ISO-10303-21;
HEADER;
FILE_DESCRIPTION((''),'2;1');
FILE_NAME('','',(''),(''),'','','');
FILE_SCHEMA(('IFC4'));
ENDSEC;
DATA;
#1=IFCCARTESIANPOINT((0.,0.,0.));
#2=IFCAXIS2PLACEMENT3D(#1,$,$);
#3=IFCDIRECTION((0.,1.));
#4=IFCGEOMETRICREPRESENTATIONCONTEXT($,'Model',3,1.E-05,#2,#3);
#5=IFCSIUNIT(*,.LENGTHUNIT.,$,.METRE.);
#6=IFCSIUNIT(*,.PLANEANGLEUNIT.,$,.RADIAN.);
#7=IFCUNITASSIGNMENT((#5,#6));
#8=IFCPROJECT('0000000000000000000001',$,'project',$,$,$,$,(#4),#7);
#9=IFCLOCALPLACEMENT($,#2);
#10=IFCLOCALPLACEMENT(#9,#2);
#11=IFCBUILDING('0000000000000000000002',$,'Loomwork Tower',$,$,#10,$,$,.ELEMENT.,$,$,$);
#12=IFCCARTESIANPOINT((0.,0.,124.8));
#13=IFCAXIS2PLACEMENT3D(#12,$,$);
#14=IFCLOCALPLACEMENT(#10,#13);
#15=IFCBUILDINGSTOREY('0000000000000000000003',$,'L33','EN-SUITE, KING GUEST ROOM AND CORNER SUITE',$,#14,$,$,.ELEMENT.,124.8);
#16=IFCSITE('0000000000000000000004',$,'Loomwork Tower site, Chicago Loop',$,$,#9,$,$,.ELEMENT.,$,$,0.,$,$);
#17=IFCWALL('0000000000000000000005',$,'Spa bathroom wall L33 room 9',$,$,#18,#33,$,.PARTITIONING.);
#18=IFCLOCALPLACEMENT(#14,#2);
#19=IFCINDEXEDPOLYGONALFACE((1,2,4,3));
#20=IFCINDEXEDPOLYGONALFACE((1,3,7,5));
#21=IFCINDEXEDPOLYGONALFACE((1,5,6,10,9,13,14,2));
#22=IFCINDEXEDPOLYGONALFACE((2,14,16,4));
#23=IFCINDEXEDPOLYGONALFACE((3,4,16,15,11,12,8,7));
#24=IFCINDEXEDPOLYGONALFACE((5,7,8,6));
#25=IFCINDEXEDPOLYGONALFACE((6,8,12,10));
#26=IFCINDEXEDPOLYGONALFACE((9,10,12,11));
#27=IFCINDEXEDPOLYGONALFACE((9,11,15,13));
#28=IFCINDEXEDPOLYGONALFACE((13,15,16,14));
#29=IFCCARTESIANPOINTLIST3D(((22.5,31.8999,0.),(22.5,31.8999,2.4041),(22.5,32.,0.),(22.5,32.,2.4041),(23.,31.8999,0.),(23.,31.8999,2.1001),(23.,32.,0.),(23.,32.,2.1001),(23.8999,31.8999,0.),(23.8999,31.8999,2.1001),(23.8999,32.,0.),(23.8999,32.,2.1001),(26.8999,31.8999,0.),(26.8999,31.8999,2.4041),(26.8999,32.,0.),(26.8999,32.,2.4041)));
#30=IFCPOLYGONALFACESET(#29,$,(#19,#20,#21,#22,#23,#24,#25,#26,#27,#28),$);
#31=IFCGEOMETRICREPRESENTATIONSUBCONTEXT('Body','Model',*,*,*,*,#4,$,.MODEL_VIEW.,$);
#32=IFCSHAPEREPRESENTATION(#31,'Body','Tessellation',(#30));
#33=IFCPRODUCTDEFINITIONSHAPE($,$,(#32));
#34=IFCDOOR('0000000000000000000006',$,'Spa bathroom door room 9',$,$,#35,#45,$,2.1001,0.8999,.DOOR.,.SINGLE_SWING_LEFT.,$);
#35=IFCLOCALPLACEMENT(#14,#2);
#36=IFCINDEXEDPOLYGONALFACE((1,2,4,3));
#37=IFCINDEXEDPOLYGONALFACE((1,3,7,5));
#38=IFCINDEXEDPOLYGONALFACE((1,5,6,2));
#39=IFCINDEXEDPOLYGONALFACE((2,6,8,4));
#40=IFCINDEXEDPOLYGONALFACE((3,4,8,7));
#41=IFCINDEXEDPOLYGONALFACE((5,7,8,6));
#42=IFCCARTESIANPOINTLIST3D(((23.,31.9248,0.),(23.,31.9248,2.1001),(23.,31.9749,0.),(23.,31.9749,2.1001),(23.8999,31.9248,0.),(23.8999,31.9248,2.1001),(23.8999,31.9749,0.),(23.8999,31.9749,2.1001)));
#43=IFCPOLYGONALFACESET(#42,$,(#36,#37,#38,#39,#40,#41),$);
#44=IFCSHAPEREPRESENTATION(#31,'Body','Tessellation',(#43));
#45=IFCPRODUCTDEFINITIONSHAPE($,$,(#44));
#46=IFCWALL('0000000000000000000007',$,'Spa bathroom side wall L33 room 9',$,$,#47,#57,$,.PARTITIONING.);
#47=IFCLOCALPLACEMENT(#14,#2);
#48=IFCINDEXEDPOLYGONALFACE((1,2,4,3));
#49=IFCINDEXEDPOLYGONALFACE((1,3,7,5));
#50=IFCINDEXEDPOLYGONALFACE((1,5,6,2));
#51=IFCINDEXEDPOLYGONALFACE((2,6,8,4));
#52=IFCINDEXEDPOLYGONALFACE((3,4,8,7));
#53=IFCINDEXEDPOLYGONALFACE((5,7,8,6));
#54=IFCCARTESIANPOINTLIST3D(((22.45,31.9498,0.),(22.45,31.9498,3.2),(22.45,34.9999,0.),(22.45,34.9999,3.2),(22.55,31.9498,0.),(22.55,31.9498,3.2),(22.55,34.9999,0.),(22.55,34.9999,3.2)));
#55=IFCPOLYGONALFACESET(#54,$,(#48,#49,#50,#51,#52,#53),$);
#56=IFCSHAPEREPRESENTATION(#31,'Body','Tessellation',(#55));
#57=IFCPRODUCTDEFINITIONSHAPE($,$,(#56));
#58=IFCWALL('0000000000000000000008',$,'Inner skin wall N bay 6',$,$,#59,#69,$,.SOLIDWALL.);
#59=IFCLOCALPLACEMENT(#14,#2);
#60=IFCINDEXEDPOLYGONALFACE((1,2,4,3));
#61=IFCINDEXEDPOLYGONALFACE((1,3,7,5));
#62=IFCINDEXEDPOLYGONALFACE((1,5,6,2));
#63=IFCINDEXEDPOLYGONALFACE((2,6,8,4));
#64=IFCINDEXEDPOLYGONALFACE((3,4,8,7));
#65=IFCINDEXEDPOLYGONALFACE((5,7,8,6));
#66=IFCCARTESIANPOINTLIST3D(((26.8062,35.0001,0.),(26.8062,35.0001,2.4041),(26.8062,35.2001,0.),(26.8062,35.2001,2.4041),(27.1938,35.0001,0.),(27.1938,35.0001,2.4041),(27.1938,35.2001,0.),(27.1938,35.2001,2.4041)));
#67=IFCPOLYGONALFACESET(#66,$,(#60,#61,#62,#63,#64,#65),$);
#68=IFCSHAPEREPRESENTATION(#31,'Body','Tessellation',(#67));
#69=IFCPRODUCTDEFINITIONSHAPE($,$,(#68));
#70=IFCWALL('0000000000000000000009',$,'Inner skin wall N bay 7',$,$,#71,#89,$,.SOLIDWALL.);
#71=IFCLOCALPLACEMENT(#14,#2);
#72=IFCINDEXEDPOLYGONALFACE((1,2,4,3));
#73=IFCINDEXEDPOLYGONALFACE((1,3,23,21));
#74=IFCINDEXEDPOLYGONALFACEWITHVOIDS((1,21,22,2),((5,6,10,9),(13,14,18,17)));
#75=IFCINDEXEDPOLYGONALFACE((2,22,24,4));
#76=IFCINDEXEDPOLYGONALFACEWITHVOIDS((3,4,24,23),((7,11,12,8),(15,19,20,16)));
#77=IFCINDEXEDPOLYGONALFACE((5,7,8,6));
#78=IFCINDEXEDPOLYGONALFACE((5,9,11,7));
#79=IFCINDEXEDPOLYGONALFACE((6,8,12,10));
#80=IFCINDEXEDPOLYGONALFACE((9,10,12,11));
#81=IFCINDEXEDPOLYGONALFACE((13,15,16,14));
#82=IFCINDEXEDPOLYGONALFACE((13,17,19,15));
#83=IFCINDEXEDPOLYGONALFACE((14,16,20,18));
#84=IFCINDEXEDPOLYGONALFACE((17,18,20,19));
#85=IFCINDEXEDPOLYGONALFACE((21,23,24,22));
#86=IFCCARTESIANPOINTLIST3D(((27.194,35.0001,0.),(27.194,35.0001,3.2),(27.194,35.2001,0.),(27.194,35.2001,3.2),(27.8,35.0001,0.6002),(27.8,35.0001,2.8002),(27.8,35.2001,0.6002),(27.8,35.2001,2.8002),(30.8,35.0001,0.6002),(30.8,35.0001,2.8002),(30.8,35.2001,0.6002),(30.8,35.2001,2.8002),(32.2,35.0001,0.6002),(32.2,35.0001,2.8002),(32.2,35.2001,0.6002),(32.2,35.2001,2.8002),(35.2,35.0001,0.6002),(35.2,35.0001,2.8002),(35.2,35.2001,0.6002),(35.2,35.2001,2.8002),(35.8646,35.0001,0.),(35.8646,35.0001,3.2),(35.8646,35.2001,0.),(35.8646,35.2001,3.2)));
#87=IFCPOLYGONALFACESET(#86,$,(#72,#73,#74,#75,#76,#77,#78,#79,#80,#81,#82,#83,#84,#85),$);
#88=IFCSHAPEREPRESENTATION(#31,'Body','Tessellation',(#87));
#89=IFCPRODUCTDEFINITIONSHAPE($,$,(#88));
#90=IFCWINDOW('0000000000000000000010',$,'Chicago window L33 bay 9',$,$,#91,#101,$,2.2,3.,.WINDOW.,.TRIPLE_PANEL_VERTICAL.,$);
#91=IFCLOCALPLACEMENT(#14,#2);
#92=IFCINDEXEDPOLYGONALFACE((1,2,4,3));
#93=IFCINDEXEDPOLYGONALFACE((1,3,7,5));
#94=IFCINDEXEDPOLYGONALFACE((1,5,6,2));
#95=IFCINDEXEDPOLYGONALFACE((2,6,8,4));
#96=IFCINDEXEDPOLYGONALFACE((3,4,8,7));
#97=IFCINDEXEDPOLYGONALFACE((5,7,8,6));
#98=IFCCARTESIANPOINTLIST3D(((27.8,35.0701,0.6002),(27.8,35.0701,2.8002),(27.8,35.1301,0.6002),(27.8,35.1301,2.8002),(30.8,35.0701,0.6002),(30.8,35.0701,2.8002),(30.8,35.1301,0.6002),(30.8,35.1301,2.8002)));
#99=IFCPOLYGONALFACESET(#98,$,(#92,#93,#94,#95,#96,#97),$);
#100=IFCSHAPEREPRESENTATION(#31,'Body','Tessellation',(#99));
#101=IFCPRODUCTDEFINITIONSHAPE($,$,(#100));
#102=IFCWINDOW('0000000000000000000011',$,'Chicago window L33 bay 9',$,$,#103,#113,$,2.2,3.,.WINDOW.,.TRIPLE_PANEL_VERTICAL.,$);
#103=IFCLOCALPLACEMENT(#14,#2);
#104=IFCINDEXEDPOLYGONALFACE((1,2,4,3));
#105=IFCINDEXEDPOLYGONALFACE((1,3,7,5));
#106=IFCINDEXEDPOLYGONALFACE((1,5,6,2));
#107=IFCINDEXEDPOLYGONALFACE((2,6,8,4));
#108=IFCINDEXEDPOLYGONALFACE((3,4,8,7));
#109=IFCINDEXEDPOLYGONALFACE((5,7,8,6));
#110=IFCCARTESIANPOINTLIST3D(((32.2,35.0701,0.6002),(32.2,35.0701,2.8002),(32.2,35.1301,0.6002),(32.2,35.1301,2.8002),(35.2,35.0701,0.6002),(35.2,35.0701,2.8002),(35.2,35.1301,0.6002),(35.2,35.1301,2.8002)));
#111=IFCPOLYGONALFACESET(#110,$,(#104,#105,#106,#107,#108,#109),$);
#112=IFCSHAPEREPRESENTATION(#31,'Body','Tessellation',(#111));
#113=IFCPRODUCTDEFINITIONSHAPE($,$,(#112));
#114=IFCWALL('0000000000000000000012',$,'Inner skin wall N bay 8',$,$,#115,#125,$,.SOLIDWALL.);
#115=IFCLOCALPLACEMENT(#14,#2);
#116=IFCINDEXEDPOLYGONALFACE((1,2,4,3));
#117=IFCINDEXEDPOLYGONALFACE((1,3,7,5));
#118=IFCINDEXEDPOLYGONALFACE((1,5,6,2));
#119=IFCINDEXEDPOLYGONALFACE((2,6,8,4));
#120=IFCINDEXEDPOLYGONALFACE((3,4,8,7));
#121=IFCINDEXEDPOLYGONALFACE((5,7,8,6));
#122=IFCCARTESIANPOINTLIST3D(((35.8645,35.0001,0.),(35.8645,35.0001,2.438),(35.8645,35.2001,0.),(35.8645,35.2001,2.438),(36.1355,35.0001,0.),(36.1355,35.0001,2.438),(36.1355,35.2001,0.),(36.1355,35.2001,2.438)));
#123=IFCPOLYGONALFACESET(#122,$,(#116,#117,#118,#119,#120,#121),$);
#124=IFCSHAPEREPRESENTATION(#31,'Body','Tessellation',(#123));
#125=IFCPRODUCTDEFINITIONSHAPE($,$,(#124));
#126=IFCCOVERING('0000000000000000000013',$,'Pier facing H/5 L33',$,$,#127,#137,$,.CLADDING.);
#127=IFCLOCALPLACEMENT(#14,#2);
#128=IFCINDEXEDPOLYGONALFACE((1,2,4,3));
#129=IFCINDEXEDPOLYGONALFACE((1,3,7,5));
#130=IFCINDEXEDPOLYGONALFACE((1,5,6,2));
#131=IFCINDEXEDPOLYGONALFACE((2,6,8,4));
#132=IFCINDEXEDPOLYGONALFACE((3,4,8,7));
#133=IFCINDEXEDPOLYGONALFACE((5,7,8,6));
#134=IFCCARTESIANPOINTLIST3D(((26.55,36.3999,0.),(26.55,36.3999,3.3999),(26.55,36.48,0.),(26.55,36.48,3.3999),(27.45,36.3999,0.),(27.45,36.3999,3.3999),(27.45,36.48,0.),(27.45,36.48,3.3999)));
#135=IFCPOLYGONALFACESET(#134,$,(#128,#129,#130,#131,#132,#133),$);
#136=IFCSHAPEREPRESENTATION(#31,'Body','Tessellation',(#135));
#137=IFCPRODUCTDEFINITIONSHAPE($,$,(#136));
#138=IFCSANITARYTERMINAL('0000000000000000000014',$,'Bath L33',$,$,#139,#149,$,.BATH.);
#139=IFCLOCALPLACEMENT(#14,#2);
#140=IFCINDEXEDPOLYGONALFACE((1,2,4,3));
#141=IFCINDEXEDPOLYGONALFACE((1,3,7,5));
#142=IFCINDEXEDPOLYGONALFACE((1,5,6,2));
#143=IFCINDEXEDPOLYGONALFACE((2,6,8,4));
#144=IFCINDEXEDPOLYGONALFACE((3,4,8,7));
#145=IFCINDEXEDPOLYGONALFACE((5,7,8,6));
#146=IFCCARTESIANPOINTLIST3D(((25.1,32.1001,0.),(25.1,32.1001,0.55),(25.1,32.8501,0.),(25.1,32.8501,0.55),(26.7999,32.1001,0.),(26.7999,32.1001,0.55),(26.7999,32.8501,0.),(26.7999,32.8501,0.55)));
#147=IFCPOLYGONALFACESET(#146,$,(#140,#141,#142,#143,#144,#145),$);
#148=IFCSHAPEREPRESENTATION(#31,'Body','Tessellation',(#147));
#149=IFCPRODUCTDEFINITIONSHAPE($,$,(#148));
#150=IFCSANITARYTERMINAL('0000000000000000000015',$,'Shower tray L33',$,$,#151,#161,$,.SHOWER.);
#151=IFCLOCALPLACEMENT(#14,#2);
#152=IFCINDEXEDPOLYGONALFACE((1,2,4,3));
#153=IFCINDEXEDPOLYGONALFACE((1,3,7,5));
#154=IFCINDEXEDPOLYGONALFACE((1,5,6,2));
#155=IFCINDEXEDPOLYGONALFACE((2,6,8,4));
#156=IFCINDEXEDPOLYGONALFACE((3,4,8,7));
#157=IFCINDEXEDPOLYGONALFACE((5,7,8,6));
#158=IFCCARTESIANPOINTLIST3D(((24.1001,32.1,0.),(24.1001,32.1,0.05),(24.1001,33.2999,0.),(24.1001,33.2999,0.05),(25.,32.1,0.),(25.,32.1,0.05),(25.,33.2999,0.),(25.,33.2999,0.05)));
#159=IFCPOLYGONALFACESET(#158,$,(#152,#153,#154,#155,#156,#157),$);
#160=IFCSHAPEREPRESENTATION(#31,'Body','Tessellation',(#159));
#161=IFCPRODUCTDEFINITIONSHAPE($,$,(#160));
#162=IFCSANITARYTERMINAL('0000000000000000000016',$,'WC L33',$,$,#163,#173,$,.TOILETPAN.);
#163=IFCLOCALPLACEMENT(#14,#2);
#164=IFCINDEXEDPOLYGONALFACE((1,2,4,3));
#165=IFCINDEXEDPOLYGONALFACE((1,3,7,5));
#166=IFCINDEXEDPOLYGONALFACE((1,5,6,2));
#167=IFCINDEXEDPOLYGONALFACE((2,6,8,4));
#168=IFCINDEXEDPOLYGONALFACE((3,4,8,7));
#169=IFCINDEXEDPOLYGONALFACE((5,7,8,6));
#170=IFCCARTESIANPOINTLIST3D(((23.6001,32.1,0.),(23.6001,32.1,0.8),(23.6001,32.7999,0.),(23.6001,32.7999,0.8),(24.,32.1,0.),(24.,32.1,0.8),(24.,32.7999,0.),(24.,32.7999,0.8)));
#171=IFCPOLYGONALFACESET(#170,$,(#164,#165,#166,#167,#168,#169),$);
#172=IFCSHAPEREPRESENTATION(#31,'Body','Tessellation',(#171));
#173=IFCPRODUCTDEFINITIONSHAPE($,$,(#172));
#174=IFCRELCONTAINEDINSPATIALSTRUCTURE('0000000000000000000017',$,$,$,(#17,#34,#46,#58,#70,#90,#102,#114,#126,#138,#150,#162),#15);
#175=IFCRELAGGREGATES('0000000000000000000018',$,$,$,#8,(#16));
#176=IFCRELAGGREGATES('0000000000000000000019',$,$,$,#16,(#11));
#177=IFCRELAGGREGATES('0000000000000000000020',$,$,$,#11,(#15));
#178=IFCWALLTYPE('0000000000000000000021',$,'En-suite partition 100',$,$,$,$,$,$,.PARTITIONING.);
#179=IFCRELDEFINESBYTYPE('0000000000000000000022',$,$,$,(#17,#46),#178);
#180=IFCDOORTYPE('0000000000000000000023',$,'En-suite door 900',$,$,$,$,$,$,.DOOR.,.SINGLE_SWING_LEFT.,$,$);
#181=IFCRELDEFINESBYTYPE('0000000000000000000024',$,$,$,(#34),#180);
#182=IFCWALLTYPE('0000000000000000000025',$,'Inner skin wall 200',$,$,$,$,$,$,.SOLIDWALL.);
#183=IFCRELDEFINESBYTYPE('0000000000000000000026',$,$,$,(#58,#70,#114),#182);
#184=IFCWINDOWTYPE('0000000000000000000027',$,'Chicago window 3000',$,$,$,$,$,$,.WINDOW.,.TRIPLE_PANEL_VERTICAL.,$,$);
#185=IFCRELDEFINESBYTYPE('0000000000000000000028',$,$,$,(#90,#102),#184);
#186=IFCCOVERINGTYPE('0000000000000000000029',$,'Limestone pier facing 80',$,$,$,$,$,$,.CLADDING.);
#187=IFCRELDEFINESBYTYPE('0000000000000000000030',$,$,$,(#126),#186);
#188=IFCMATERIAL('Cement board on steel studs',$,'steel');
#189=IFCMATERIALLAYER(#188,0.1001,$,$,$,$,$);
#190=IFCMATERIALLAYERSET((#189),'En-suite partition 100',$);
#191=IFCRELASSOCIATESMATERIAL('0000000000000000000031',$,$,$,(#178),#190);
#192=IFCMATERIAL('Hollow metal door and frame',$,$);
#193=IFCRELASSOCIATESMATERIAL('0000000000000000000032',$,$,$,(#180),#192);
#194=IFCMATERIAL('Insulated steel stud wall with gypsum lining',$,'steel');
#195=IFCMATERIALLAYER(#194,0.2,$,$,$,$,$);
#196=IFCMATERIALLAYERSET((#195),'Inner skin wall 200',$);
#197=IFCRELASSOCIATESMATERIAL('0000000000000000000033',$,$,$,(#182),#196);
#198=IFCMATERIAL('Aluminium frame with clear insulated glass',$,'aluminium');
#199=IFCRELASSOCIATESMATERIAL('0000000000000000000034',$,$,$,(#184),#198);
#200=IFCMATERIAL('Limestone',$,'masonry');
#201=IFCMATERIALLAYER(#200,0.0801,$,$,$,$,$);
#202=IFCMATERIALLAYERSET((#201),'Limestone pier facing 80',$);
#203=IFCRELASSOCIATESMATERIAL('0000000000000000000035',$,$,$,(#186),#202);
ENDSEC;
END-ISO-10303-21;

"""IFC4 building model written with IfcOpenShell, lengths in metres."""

from ifc_helpers import new_model, si_unit, direction, frame, frame_2d, origin, origin_2d, place, context, subcontext, project, spatial, rectangle, extrude, material, layer, layer_set, type_object, element, fill, save


model = new_model("IFC4")

# Units and contexts
model_context = context("Model", 3, precision=1e-05, world=origin(), true_north=direction((0.0, 1.0)))
body_context = subcontext(model_context, "Body", "Model", "MODEL_VIEW")
ifc_project = project(units=[si_unit("LENGTHUNIT", "METRE"), si_unit("PLANEANGLEUNIT", "RADIAN")], contexts=[model_context])

# Site, building, storey
site_placement = place(None, origin())
site = spatial("IfcSite", under=ifc_project, at=site_placement, Name="Loomwork Tower site, Chicago Loop", CompositionType="ELEMENT", RefElevation=0.0)
building_placement = place(site_placement, origin())
building = spatial("IfcBuilding", under=site, at=building_placement, Name="Loomwork Tower", CompositionType="ELEMENT")
storey_placement = place(building_placement, frame((0.0, 0.0, 124.8)))
storey = spatial("IfcBuildingStorey", under=building, at=storey_placement, Name="L33", Description="EN-SUITE, KING GUEST ROOM AND CORNER SUITE", CompositionType="ELEMENT", Elevation=124.8)

# Wall, opening, door
ifc_material_1 = material(Name="Cement board on steel studs", Category="steel")
ifc_layer_1 = layer(ifc_material_1, 0.1001)
ifc_layer_set_1 = layer_set([ifc_layer_1], Name="En-suite partition 100")
wall_type_1 = type_object("IfcWallType", Name="En-suite partition 100", PredefinedType="PARTITIONING", material=ifc_layer_set_1)
wall_1_placement = place(storey_placement, frame((22.5, 31.95, 0.0), z_axis=(0.0, 0.0, 1.0), x_axis=(1.0, 0.0, 0.0)))
wall_1 = element("IfcWall", 1, at=wall_1_placement, inside=storey, type_object=wall_type_1, Name="Spa bathroom wall L33 room 9", PredefinedType="PARTITIONING", context=body_context, shape_type="SweptSolid", body=[
    extrude(rectangle(XDim=4.3999, YDim=0.1001, at=frame_2d((2.2, 0.0))), origin(), (0.0, 0.0, 1.0), 2.4041),
])
opening_1_placement = place(wall_1_placement, frame((0.5, 0.0, 0.0)))
opening_1 = element("IfcOpeningElement", 2, at=opening_1_placement, cuts=wall_1, PredefinedType="OPENING", context=body_context, shape_type="SweptSolid", body=[
    extrude(rectangle(XDim=0.8999, YDim=2.1001, at=frame_2d((0.45, 1.05))), frame((0.0, 0.0601, 0.0), z_axis=(0.0, -1.0, 0.0), x_axis=(1.0, 0.0, 0.0)), (0.0, 0.0, 1.0), 0.1201),
])
ifc_material_2 = material(Name="Hollow metal door and frame")
door_type = type_object("IfcDoorType", Name="En-suite door 900", OperationType="SINGLE_SWING_LEFT", PredefinedType="DOOR", material=ifc_material_2)
door_placement = place(opening_1_placement, origin())
door = element("IfcDoor", 3, at=door_placement, inside=storey, type_object=door_type, Name="Spa bathroom door room 9", OperationType="SINGLE_SWING_LEFT", OverallHeight=2.1001, OverallWidth=0.8999, PredefinedType="DOOR", context=body_context, shape_type="SweptSolid", body=[
    extrude(rectangle(XDim=0.8999, YDim=2.1001, at=frame_2d((0.45, 1.05))), frame((0.0, 0.0249, 0.0), z_axis=(0.0, -1.0, 0.0), x_axis=(1.0, 0.0, 0.0)), (0.0, 0.0, 1.0), 0.05),
])
fill(opening_1, door)

# Walls
wall_2_placement = place(storey_placement, frame((22.5, 31.95, 0.0), z_axis=(0.0, 0.0, 1.0), x_axis=(0.0, 1.0, 0.0)))
element("IfcWall", 4, at=wall_2_placement, inside=storey, type_object=wall_type_1, Name="Spa bathroom side wall L33 room 9", PredefinedType="PARTITIONING", context=body_context, shape_type="SweptSolid", body=[
    extrude(rectangle(XDim=3.05, YDim=0.1001, at=frame_2d((1.5249, 0.0))), origin(), (0.0, 0.0, 1.0), 3.2),
])
ifc_material_3 = material(Name="Insulated steel stud wall with gypsum lining", Category="steel")
ifc_layer_2 = layer(ifc_material_3, 0.2)
ifc_layer_set_2 = layer_set([ifc_layer_2], Name="Inner skin wall 200")
wall_type_2 = type_object("IfcWallType", Name="Inner skin wall 200", PredefinedType="SOLIDWALL", material=ifc_layer_set_2)
wall_3_placement = place(storey_placement, frame((26.8062, 35.1001, 0.0), z_axis=(0.0, 0.0, 1.0), x_axis=(1.0, 0.0, 0.0)))
element("IfcWall", 5, at=wall_3_placement, inside=storey, type_object=wall_type_2, Name="Inner skin wall N bay 6", PredefinedType="SOLIDWALL", context=body_context, shape_type="SweptSolid", body=[
    extrude(rectangle(XDim=0.3877, YDim=0.2, at=frame_2d((0.1938, 0.0))), origin(), (0.0, 0.0, 1.0), 2.4041),
])

# Wall, openings, windows
wall_4_placement = place(storey_placement, frame((27.1938, 35.1001, 0.0), z_axis=(0.0, 0.0, 1.0), x_axis=(1.0, 0.0, 0.0)))
wall_4 = element("IfcWall", 6, at=wall_4_placement, inside=storey, type_object=wall_type_2, Name="Inner skin wall N bay 7", PredefinedType="SOLIDWALL", context=body_context, shape_type="SweptSolid", body=[
    extrude(rectangle(XDim=8.6707, YDim=0.2, at=frame_2d((4.3354, 0.0))), origin(), (0.0, 0.0, 1.0), 3.2),
])
opening_2_placement = place(wall_4_placement, frame((0.6062, 0.0, 0.6001)))
opening_2 = element("IfcOpeningElement", 7, at=opening_2_placement, cuts=wall_4, PredefinedType="OPENING", context=body_context, shape_type="SweptSolid", body=[
    extrude(rectangle(XDim=3.0, YDim=2.2, at=frame_2d((1.5, 1.1001))), frame((0.0, 0.1099, 0.0), z_axis=(0.0, -1.0, 0.0), x_axis=(1.0, 0.0, 0.0)), (0.0, 0.0, 1.0), 0.22),
])
opening_3_placement = place(wall_4_placement, frame((5.0061, 0.0, 0.6001)))
opening_3 = element("IfcOpeningElement", 8, at=opening_3_placement, cuts=wall_4, PredefinedType="OPENING", context=body_context, shape_type="SweptSolid", body=[
    extrude(rectangle(XDim=3.0, YDim=2.2, at=frame_2d((1.5, 1.1001))), frame((0.0, 0.1099, 0.0), z_axis=(0.0, -1.0, 0.0), x_axis=(1.0, 0.0, 0.0)), (0.0, 0.0, 1.0), 0.22),
])
ifc_material_4 = material(Name="Aluminium frame with clear insulated glass", Category="aluminium")
window_type = type_object("IfcWindowType", Name="Chicago window 3000", PartitioningType="TRIPLE_PANEL_VERTICAL", PredefinedType="WINDOW", material=ifc_material_4)
window_1_placement = place(opening_2_placement, origin())
window_1 = element("IfcWindow", 9, at=window_1_placement, inside=storey, type_object=window_type, Name="Chicago window L33 bay 9", OverallHeight=2.2, OverallWidth=3.0, PartitioningType="TRIPLE_PANEL_VERTICAL", PredefinedType="WINDOW", context=body_context, shape_type="SweptSolid", body=[
    extrude(rectangle(XDim=3.0, YDim=2.2, at=frame_2d((1.5, 1.1001))), frame((0.0, 0.03, 0.0), z_axis=(0.0, -1.0, 0.0), x_axis=(1.0, 0.0, 0.0)), (0.0, 0.0, 1.0), 0.0601),
])
fill(opening_2, window_1)
window_2_placement = place(opening_3_placement, origin())
window_2 = element("IfcWindow", 10, at=window_2_placement, inside=storey, type_object=window_type, Name="Chicago window L33 bay 9", OverallHeight=2.2, OverallWidth=3.0, PartitioningType="TRIPLE_PANEL_VERTICAL", PredefinedType="WINDOW", context=body_context, shape_type="SweptSolid", body=[
    extrude(rectangle(XDim=3.0, YDim=2.2, at=frame_2d((1.5, 1.1001))), frame((0.0, 0.03, 0.0), z_axis=(0.0, -1.0, 0.0), x_axis=(1.0, 0.0, 0.0)), (0.0, 0.0, 1.0), 0.0601),
])
fill(opening_3, window_2)

# Wall
wall_5_placement = place(storey_placement, frame((35.8645, 35.1001, 0.0), z_axis=(0.0, 0.0, 1.0), x_axis=(1.0, 0.0, 0.0)))
element("IfcWall", 11, at=wall_5_placement, inside=storey, type_object=wall_type_2, Name="Inner skin wall N bay 8", PredefinedType="SOLIDWALL", context=body_context, shape_type="SweptSolid", body=[
    extrude(rectangle(XDim=0.271, YDim=0.2, at=frame_2d((0.1355, 0.0))), origin(), (0.0, 0.0, 1.0), 2.438),
])

# Covering
ifc_material_5 = material(Name="Limestone", Category="masonry")
ifc_layer_3 = layer(ifc_material_5, 0.0801)
ifc_layer_set_3 = layer_set([ifc_layer_3], Name="Limestone pier facing 80")
covering_type = type_object("IfcCoveringType", Name="Limestone pier facing 80", PredefinedType="CLADDING", material=ifc_layer_set_3)
covering_placement = place(storey_placement, frame((27.0, 36.4399, 0.0), z_axis=(0.0, 0.0, 1.0), x_axis=(1.0, 0.0, 0.0)))
element("IfcCovering", 12, at=covering_placement, inside=storey, type_object=covering_type, Name="Pier facing H/5 L33", PredefinedType="CLADDING", context=body_context, shape_type="SweptSolid", body=[
    extrude(rectangle(XDim=0.8999, YDim=0.0801, at=origin_2d()), origin(), (0.0, 0.0, 1.0), 3.3999),
])

# Sanitary terminals
sanitary_terminal_1_placement = place(storey_placement, frame((25.95, 32.4751, 0.0), z_axis=(0.0, 0.0, 1.0), x_axis=(1.0, 0.0, 0.0)))
element("IfcSanitaryTerminal", 13, at=sanitary_terminal_1_placement, inside=storey, Name="Bath L33", PredefinedType="BATH", context=body_context, shape_type="SweptSolid", body=[
    extrude(rectangle(XDim=1.7, YDim=0.75, at=origin_2d()), origin(), (0.0, 0.0, 1.0), 0.55),
])
sanitary_terminal_2_placement = place(storey_placement, frame((24.55, 32.7, 0.0), z_axis=(0.0, 0.0, 1.0), x_axis=(1.0, 0.0, 0.0)))
element("IfcSanitaryTerminal", 14, at=sanitary_terminal_2_placement, inside=storey, Name="Shower tray L33", PredefinedType="SHOWER", context=body_context, shape_type="SweptSolid", body=[
    extrude(rectangle(XDim=0.8999, YDim=1.2, at=origin_2d()), origin(), (0.0, 0.0, 1.0), 0.05),
])
sanitary_terminal_3_placement = place(storey_placement, frame((23.8, 32.45, 0.0), z_axis=(0.0, 0.0, 1.0), x_axis=(1.0, 0.0, 0.0)))
element("IfcSanitaryTerminal", 15, at=sanitary_terminal_3_placement, inside=storey, Name="WC L33", PredefinedType="TOILETPAN", context=body_context, shape_type="SweptSolid", body=[
    extrude(rectangle(XDim=0.3999, YDim=0.7, at=origin_2d()), origin(), (0.0, 0.0, 1.0), 0.8),
])

save(model, "model.ifc")
